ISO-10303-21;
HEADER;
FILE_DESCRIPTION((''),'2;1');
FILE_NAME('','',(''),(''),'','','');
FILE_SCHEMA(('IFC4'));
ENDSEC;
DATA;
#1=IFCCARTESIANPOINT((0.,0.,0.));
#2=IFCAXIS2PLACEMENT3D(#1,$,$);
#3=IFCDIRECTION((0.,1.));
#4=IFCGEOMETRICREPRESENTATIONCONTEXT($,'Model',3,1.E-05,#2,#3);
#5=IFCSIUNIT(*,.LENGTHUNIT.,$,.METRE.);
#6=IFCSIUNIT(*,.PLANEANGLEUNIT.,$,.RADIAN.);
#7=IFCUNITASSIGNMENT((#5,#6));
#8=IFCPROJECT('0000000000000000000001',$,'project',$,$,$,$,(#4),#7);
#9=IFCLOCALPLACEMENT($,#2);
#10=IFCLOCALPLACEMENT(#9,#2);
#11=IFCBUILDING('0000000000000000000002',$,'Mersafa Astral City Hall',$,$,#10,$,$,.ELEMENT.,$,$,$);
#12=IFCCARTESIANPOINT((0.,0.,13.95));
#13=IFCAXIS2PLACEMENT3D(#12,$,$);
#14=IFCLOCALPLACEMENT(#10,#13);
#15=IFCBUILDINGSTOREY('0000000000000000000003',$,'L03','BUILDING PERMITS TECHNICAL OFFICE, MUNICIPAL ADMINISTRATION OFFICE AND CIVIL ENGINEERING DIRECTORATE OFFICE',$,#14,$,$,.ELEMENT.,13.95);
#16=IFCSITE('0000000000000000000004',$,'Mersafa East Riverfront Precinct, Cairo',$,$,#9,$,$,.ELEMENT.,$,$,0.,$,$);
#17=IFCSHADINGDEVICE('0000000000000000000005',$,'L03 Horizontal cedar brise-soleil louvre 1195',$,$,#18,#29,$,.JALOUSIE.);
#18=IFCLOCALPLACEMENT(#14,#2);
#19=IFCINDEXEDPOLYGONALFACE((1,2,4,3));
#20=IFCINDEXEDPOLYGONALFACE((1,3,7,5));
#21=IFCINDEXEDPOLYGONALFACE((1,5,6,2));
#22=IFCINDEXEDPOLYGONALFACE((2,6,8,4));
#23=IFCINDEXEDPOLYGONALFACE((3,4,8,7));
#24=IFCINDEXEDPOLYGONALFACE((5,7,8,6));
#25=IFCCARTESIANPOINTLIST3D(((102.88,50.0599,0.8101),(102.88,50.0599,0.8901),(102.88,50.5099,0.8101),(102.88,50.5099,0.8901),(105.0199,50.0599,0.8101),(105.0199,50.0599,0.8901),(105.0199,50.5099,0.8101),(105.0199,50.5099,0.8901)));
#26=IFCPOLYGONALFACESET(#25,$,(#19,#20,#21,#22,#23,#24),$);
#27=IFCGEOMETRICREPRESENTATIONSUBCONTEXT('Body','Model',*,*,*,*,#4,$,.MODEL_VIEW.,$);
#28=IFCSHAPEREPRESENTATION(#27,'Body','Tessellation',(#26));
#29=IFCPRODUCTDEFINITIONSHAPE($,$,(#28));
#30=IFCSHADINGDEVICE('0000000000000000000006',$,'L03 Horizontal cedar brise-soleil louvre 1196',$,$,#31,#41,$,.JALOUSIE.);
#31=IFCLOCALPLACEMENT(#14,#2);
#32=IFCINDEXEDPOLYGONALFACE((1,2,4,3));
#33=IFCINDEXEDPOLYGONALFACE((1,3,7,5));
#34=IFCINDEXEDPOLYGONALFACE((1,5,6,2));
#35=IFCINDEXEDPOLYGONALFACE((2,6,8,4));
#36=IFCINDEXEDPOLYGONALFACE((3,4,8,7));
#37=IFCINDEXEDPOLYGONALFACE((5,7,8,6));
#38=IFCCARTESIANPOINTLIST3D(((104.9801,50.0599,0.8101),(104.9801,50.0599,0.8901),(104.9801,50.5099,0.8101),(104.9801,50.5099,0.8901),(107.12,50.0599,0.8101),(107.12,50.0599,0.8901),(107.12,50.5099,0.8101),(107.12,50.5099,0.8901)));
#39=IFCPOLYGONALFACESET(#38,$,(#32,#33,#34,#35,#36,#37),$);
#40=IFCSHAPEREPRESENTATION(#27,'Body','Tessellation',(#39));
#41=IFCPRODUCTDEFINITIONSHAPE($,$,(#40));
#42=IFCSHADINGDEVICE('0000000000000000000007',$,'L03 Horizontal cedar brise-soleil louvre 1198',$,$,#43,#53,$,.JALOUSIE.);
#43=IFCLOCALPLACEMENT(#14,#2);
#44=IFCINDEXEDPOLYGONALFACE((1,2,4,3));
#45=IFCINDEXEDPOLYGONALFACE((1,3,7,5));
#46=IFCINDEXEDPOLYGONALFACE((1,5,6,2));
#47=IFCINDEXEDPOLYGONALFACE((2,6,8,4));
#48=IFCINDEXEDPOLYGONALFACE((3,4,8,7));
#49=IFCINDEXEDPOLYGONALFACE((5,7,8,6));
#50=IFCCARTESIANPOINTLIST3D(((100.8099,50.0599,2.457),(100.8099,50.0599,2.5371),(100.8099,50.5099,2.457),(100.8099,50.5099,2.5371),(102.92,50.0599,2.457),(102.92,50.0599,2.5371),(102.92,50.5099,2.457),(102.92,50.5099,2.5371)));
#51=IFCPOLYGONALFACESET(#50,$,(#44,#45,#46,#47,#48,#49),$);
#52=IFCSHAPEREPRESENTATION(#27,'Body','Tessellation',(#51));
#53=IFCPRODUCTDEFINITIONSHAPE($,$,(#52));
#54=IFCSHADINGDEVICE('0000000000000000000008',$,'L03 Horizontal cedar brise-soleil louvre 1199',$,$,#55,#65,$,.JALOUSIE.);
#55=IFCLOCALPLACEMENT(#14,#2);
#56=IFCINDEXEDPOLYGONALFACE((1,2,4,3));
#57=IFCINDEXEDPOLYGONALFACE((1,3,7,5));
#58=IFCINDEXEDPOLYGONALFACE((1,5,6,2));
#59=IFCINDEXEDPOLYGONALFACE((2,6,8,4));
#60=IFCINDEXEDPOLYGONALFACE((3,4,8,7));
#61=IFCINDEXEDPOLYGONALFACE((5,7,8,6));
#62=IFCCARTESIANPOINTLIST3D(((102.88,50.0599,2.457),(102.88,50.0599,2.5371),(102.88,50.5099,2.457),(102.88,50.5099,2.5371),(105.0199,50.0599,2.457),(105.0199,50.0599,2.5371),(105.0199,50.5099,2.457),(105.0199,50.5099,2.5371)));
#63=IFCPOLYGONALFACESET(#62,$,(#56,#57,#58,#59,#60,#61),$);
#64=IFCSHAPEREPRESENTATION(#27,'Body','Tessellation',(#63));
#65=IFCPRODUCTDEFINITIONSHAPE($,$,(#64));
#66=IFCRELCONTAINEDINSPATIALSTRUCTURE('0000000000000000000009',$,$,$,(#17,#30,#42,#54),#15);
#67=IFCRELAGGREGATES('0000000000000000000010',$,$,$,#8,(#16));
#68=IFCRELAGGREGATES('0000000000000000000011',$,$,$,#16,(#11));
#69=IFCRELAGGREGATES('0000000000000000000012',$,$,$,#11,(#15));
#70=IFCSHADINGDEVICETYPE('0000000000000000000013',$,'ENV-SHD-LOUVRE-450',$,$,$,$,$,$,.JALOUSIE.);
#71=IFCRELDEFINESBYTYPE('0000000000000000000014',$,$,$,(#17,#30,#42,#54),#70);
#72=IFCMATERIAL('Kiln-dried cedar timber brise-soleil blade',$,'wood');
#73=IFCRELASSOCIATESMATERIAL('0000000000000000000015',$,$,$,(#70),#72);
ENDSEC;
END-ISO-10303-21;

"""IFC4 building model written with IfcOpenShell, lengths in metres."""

from ifc_helpers import new_model, si_unit, direction, frame, origin, origin_2d, place, context, subcontext, project, spatial, rectangle, extrude, material, type_object, element, save


model = new_model("IFC4")

# Units and contexts
model_context = context("Model", 3, precision=1e-05, world=origin(), true_north=direction((0.0, 1.0)))
body_context = subcontext(model_context, "Body", "Model", "MODEL_VIEW")
ifc_project = project(units=[si_unit("LENGTHUNIT", "METRE"), si_unit("PLANEANGLEUNIT", "RADIAN")], contexts=[model_context])

# Site, building, storey
site_placement = place(None, origin())
site = spatial("IfcSite", under=ifc_project, at=site_placement, Name="Mersafa East Riverfront Precinct, Cairo", CompositionType="ELEMENT", RefElevation=0.0)
building_placement = place(site_placement, origin())
building = spatial("IfcBuilding", under=site, at=building_placement, Name="Mersafa Astral City Hall", CompositionType="ELEMENT")
storey_placement = place(building_placement, frame((0.0, 0.0, 13.95)))
storey = spatial("IfcBuildingStorey", under=building, at=storey_placement, Name="L03", Description="BUILDING PERMITS TECHNICAL OFFICE, MUNICIPAL ADMINISTRATION OFFICE AND CIVIL ENGINEERING DIRECTORATE OFFICE", CompositionType="ELEMENT", Elevation=13.95)

# Shading devices
ifc_material_1 = material(Name="Kiln-dried cedar timber brise-soleil blade", Category="wood")
shading_device_type = type_object("IfcShadingDeviceType", Name="ENV-SHD-LOUVRE-450", PredefinedType="JALOUSIE", material=ifc_material_1)
for number, where, z_axis, x_axis, name in (
    (1, (103.95, 50.2849, 0.8101), (0.0, 0.0, 1.0), (1.0, 0.0, 0.0), "L03 Horizontal cedar brise-soleil louvre 1195"),
    (2, (106.05, 50.2849, 0.8101), (0.0, 0.0, 1.0), (1.0, 0.0, 0.0), "L03 Horizontal cedar brise-soleil louvre 1196"),
):
    element("IfcShadingDevice", number, at=place(storey_placement, frame(where, z_axis=z_axis, x_axis=x_axis)), inside=storey, type_object=shading_device_type, Name=name, PredefinedType="JALOUSIE", context=body_context, shape_type="SweptSolid", body=[
        extrude(rectangle(XDim=2.1399, YDim=0.45, at=origin_2d()), origin(), (0.0, 0.0, 1.0), 0.0801),
    ])
shading_device_1_placement = place(storey_placement, frame((101.865, 50.2849, 2.457), z_axis=(0.0, 0.0, 1.0), x_axis=(1.0, 0.0, 0.0)))
element("IfcShadingDevice", 3, at=shading_device_1_placement, inside=storey, type_object=shading_device_type, Name="L03 Horizontal cedar brise-soleil louvre 1198", PredefinedType="JALOUSIE", context=body_context, shape_type="SweptSolid", body=[
    extrude(rectangle(XDim=2.1101, YDim=0.45, at=origin_2d()), origin(), (0.0, 0.0, 1.0), 0.0801),
])
shading_device_2_placement = place(storey_placement, frame((103.95, 50.2849, 2.457), z_axis=(0.0, 0.0, 1.0), x_axis=(1.0, 0.0, 0.0)))
element("IfcShadingDevice", 4, at=shading_device_2_placement, inside=storey, type_object=shading_device_type, Name="L03 Horizontal cedar brise-soleil louvre 1199", PredefinedType="JALOUSIE", context=body_context, shape_type="SweptSolid", body=[
    extrude(rectangle(XDim=2.1399, YDim=0.45, at=origin_2d()), origin(), (0.0, 0.0, 1.0), 0.0801),
])

save(model, "model.ifc")
